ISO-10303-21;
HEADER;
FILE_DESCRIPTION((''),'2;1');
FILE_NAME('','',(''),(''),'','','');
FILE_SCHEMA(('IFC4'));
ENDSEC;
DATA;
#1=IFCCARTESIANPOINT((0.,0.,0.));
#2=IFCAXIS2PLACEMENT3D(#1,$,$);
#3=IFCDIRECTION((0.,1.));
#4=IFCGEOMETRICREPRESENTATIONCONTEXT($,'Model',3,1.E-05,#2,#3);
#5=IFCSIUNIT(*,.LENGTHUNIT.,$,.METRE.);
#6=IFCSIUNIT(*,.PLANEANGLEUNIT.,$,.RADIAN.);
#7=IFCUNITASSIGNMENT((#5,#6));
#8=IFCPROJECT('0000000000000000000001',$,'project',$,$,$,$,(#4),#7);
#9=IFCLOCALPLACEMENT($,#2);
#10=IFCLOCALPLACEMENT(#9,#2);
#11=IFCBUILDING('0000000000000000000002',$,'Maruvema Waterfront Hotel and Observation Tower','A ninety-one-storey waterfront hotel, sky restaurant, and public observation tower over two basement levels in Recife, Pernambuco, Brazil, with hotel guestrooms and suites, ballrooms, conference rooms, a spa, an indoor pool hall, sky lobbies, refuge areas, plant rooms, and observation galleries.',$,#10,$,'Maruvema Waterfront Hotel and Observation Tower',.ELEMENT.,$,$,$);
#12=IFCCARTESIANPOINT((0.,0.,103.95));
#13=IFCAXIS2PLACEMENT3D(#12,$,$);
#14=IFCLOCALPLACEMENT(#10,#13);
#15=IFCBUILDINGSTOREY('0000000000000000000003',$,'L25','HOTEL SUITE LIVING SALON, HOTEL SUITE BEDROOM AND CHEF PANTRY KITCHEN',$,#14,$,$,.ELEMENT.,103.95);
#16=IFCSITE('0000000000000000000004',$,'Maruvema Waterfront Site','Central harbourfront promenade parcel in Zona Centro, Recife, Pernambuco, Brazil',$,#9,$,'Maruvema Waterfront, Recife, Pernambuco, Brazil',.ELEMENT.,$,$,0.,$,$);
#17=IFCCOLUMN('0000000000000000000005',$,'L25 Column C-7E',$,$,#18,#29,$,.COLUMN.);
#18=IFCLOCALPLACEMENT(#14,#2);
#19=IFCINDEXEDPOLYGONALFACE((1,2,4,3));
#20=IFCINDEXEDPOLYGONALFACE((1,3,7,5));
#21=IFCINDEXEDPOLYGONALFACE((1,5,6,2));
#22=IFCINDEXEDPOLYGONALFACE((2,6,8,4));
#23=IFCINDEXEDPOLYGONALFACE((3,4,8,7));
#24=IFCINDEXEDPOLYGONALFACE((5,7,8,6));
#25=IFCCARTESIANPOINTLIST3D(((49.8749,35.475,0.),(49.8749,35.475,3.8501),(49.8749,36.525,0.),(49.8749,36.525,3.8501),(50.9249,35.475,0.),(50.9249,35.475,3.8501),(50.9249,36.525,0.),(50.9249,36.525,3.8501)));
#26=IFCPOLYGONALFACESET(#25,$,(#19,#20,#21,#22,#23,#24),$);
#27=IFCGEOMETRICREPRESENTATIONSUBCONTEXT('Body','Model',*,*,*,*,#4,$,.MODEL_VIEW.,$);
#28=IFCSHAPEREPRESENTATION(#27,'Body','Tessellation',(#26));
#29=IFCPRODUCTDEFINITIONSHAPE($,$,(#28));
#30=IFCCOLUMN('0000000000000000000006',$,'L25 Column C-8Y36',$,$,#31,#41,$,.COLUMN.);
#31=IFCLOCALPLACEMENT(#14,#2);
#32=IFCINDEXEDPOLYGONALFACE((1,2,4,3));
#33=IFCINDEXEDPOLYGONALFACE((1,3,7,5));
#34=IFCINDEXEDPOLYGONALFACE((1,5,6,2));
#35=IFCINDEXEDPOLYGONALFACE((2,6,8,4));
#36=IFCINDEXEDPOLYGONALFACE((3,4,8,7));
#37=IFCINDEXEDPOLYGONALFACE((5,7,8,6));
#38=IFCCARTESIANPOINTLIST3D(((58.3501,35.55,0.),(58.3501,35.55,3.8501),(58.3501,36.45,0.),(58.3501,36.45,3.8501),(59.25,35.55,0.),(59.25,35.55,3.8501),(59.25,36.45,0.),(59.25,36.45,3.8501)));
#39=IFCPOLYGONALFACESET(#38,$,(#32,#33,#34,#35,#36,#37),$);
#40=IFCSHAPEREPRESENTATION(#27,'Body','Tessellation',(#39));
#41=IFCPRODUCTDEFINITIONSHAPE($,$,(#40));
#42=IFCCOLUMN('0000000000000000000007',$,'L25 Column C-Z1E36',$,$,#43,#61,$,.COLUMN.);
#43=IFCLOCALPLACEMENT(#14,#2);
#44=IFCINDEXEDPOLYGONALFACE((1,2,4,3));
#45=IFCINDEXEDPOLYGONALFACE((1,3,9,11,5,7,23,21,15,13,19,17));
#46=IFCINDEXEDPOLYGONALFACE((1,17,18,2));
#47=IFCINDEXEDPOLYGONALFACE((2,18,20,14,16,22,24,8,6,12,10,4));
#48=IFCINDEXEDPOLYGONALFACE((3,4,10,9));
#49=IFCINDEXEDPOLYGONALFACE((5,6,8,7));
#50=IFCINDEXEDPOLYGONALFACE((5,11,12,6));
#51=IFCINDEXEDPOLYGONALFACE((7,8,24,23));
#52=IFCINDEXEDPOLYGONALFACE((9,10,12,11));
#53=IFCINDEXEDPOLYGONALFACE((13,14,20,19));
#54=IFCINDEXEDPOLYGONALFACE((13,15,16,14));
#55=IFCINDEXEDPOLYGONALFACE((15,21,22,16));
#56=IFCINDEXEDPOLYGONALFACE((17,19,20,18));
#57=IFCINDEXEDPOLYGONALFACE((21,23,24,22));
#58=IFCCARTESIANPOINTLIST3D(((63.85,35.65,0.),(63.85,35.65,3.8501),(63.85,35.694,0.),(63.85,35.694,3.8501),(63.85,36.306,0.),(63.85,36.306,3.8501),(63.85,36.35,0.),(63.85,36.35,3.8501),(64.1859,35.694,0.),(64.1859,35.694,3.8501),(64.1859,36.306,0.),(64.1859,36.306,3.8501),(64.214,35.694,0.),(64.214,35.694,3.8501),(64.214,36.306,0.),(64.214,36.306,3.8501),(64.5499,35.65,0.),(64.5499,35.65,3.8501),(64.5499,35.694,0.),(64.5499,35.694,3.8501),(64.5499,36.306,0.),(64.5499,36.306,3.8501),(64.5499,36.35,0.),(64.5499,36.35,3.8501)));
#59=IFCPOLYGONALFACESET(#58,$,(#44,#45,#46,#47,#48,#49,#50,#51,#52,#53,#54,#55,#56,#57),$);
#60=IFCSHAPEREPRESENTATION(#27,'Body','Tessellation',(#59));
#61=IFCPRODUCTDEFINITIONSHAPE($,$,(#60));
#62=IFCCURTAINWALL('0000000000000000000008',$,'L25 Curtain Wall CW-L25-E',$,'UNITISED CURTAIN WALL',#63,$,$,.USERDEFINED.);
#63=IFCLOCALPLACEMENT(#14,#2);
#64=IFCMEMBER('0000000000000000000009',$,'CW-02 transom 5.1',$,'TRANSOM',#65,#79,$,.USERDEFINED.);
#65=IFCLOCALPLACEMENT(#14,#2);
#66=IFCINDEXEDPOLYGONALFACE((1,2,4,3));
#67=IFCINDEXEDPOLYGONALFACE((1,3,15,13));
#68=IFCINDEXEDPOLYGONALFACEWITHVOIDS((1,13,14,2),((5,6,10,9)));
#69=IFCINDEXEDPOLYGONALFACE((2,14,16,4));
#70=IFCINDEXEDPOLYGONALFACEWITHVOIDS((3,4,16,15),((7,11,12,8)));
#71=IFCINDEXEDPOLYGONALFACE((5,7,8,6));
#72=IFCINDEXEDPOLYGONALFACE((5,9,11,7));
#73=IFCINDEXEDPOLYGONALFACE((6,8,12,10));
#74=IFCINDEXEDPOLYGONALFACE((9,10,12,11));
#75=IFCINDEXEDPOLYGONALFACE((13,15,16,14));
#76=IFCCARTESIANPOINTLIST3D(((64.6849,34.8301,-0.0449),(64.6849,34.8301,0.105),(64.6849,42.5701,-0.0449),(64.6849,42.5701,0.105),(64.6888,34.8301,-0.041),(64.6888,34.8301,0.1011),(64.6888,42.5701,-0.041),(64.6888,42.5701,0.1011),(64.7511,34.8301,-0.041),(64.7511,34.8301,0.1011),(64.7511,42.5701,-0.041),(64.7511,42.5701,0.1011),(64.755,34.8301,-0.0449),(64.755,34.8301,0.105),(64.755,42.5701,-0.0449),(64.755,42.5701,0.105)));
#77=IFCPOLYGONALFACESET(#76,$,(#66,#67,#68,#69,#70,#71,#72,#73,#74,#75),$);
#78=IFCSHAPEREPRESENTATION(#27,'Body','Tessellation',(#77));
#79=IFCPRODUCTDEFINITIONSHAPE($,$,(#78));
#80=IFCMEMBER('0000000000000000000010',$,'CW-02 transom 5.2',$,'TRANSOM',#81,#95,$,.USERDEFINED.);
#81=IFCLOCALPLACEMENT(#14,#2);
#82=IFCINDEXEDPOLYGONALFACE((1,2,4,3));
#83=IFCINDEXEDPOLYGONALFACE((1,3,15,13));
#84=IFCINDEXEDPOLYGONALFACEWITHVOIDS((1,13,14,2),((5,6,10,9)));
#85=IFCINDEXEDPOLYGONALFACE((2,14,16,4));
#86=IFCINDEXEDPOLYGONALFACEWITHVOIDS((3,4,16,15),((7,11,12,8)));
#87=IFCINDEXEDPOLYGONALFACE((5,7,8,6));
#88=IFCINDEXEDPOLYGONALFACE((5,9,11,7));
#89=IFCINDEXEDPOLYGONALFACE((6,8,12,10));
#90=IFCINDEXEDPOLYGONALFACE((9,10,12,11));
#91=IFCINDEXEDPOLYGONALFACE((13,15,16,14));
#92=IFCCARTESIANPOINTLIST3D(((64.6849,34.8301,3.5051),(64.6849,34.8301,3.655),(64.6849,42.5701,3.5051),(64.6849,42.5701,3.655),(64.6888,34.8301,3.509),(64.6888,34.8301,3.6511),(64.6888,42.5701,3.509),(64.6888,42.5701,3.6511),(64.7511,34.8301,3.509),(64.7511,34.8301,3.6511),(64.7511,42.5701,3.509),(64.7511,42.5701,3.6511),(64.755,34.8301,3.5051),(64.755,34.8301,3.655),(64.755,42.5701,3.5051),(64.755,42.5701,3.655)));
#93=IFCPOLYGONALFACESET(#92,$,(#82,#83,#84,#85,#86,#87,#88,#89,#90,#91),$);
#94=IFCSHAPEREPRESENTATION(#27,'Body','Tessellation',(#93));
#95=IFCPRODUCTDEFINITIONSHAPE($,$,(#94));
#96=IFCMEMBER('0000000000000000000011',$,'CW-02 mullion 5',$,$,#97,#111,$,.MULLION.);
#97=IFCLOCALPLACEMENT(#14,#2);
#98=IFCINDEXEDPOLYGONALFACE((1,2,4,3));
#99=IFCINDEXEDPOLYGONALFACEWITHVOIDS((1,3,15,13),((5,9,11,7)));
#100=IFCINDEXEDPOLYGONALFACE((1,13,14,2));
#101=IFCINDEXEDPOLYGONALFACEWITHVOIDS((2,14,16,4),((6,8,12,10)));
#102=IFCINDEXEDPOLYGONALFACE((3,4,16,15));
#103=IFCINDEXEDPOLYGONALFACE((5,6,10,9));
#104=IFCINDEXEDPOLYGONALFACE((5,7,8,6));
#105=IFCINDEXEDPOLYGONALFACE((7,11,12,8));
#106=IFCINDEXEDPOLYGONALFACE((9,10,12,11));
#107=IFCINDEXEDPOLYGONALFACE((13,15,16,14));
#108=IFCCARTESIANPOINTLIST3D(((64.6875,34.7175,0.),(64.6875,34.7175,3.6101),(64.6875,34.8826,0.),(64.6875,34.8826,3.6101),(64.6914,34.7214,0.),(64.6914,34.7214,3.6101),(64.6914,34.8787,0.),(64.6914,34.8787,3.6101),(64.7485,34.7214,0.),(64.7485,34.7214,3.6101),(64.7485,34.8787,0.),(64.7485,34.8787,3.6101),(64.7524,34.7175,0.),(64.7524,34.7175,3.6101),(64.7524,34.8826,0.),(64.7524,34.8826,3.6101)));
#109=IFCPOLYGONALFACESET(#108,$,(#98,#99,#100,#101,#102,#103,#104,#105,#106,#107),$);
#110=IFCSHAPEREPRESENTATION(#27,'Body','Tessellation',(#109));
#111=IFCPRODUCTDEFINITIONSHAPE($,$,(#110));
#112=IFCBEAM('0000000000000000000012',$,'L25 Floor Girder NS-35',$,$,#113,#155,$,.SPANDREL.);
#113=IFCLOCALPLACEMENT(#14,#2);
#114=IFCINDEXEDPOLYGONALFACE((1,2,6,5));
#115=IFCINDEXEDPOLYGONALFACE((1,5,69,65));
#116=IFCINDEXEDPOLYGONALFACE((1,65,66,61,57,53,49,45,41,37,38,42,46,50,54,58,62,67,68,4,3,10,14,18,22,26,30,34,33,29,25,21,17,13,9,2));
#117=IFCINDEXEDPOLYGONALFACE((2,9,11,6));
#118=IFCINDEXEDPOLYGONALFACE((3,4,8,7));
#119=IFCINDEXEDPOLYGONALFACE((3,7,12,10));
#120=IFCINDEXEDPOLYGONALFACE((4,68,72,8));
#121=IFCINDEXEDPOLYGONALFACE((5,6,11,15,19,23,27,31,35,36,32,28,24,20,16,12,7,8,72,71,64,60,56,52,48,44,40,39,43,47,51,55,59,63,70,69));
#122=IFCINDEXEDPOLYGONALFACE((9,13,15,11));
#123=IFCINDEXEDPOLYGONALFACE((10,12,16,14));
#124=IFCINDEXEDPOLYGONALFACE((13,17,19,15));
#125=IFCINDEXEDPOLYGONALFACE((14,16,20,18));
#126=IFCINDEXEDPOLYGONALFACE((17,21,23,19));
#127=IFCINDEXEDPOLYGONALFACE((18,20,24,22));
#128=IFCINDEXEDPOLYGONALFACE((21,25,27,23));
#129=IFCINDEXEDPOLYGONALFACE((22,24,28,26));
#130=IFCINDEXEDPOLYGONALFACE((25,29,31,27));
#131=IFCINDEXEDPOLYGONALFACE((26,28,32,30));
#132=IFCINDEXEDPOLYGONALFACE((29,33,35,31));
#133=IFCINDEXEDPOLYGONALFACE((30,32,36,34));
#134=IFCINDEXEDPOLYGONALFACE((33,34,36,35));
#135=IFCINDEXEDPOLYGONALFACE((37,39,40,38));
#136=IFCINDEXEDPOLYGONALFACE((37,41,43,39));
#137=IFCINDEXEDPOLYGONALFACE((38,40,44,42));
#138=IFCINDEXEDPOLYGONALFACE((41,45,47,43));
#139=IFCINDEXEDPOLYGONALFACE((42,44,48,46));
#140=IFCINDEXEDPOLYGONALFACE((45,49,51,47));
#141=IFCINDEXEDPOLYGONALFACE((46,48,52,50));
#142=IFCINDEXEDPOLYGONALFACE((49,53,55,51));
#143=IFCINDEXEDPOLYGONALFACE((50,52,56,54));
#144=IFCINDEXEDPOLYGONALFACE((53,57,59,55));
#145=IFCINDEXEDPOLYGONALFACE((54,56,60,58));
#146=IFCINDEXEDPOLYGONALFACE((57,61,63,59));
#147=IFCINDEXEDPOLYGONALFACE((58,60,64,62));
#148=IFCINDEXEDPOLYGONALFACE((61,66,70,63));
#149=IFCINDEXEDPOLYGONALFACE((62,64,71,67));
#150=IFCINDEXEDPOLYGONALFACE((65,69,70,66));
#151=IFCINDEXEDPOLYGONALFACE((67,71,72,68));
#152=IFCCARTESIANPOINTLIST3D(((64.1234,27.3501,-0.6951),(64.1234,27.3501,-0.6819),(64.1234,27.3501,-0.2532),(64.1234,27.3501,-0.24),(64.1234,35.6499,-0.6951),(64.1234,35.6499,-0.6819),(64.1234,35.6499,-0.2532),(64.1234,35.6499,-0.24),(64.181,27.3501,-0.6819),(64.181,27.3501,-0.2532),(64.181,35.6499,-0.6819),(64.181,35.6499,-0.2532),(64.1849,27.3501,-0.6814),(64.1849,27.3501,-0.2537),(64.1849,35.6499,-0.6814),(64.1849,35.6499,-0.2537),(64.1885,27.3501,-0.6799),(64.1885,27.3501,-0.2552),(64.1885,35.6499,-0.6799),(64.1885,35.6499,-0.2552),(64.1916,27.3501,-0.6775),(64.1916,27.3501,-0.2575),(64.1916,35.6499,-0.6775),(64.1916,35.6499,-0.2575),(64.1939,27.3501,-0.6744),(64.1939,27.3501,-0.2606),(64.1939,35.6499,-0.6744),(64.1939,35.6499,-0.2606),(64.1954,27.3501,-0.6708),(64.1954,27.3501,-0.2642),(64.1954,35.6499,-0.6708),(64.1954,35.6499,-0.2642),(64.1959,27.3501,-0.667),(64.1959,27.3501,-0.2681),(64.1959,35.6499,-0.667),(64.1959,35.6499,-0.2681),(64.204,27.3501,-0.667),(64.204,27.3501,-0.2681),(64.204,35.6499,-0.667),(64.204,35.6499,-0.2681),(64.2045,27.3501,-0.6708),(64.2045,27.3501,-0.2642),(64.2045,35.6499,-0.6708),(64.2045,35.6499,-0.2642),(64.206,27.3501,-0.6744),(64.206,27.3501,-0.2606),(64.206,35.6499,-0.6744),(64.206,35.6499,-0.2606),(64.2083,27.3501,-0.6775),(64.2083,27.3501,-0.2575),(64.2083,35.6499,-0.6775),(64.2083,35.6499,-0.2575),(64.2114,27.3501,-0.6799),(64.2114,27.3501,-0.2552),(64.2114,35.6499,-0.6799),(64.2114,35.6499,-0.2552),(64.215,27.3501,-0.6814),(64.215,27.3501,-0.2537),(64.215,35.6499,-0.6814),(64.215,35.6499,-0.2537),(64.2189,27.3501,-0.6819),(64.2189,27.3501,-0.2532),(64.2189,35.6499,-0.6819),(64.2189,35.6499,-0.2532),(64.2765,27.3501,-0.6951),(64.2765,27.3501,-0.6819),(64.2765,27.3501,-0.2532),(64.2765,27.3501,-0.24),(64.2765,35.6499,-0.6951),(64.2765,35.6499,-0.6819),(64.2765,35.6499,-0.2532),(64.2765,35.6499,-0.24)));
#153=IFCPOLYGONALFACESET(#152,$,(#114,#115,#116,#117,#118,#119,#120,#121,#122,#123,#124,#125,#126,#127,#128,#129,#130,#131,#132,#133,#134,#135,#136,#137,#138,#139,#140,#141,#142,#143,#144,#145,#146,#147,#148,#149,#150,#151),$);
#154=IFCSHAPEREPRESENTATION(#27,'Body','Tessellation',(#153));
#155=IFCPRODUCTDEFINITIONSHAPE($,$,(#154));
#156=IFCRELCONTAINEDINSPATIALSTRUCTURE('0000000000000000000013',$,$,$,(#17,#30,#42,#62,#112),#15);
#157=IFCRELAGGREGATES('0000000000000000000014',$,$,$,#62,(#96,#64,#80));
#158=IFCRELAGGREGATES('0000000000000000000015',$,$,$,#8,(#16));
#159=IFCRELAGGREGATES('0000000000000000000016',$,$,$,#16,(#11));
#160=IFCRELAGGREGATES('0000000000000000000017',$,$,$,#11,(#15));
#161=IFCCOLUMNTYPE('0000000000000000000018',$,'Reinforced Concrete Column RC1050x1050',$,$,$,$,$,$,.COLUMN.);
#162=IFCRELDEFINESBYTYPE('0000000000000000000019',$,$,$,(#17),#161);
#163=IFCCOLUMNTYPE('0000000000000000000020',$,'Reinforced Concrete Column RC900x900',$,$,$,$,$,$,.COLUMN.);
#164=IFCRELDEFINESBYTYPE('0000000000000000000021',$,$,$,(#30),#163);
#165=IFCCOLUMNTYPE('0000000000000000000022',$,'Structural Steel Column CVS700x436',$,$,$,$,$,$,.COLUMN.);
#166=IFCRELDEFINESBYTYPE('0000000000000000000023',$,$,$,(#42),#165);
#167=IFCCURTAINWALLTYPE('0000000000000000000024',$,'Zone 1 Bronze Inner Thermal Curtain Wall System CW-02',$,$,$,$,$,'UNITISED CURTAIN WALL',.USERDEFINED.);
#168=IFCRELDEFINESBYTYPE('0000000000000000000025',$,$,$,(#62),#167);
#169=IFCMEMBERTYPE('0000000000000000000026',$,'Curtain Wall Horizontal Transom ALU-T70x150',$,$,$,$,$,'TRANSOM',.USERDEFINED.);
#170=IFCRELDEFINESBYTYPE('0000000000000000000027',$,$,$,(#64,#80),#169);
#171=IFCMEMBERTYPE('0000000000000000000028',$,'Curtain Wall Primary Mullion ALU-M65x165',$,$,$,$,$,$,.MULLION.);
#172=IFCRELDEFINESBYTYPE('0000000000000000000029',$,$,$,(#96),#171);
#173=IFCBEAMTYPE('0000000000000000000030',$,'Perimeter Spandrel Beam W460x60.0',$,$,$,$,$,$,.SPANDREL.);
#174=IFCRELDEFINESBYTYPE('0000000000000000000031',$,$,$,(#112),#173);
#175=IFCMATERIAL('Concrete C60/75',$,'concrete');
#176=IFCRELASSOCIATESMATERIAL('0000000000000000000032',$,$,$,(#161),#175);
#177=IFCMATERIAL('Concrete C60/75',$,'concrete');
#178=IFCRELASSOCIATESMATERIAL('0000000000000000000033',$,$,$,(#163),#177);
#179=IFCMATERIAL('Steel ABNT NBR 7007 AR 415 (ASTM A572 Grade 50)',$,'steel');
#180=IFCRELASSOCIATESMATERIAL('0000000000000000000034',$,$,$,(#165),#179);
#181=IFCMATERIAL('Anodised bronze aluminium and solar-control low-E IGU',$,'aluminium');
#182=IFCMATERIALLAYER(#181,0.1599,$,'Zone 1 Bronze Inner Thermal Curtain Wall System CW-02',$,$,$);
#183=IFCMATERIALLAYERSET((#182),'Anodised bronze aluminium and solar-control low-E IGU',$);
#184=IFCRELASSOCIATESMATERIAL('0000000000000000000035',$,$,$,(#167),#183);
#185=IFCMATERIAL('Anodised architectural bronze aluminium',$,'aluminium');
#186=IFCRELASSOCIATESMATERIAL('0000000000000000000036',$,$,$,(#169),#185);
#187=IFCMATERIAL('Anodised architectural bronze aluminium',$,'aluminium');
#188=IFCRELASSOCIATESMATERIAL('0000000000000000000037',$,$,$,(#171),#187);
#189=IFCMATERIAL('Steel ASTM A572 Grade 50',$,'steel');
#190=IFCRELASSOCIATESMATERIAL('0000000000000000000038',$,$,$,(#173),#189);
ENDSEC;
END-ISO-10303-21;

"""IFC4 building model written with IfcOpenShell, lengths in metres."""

from ifc_helpers import new_model, si_unit, direction, frame, origin, origin_2d, place, context, subcontext, project, spatial, rectangle, hollow_rectangle, i_section, extrude, material, layer, layer_set, material_profile, profile_set, type_object, element, aggregate, save


model = new_model("IFC4")

# Units and contexts
model_context = context("Model", 3, precision=1e-05, world=origin(), true_north=direction((0.0, 1.0)))
body_context = subcontext(model_context, "Body", "Model", "MODEL_VIEW")
ifc_project = project(units=[si_unit("LENGTHUNIT", "METRE"), si_unit("PLANEANGLEUNIT", "RADIAN")], contexts=[model_context])

# Site, building, storey
site_placement = place(None, origin())
site = spatial("IfcSite", under=ifc_project, at=site_placement, Name="Maruvema Waterfront Site", Description="Central harbourfront promenade parcel in Zona Centro, Recife, Pernambuco, Brazil", LongName="Maruvema Waterfront, Recife, Pernambuco, Brazil", CompositionType="ELEMENT", RefElevation=0.0)
building_placement = place(site_placement, origin())
building = spatial("IfcBuilding", under=site, at=building_placement, Name="Maruvema Waterfront Hotel and Observation Tower", Description="A ninety-one-storey waterfront hotel, sky restaurant, and public observation tower over two basement levels in Recife, Pernambuco, Brazil, with hotel guestrooms and suites, ballrooms, conference rooms, a spa, an indoor pool hall, sky lobbies, refuge areas, plant rooms, and observation galleries.", LongName="Maruvema Waterfront Hotel and Observation Tower", CompositionType="ELEMENT")
storey_placement = place(building_placement, frame((0.0, 0.0, 103.95)))
storey = spatial("IfcBuildingStorey", under=building, at=storey_placement, Name="L25", Description="HOTEL SUITE LIVING SALON, HOTEL SUITE BEDROOM AND CHEF PANTRY KITCHEN", CompositionType="ELEMENT", Elevation=103.95)

# Columns
ifc_material_1 = material(Name="Concrete C60/75", Category="concrete")
ifc_material_profile_1 = material_profile(ifc_material_1, rectangle(XDim=1.05, YDim=1.05, at=origin_2d()), Name="RC1050x1050")
ifc_profile_set_1 = profile_set([ifc_material_profile_1], Name="Concrete C60/75")
column_type_1 = type_object("IfcColumnType", Name="Reinforced Concrete Column RC1050x1050", PredefinedType="COLUMN", material=ifc_profile_set_1)
column_1_placement = place(storey_placement, frame((50.3999, 36.0, 0.0), z_axis=(0.0, 0.0, 1.0), x_axis=(1.0, 0.0, 0.0)))
element("IfcColumn", 1, at=column_1_placement, inside=storey, type_object=column_type_1, Name="L25 Column C-7E", PredefinedType="COLUMN", context=body_context, shape_type="SweptSolid", body=[
    extrude(rectangle(XDim=1.05, YDim=1.05, at=origin_2d()), origin(), (0.0, 0.0, 1.0), 3.8501),
])
ifc_material_2 = material(Name="Concrete C60/75", Category="concrete")
ifc_material_profile_2 = material_profile(ifc_material_2, rectangle(XDim=0.8999, YDim=0.8999, at=origin_2d()), Name="RC900x900")
ifc_profile_set_2 = profile_set([ifc_material_profile_2], Name="Concrete C60/75")
column_type_2 = type_object("IfcColumnType", Name="Reinforced Concrete Column RC900x900", PredefinedType="COLUMN", material=ifc_profile_set_2)
column_2_placement = place(storey_placement, frame((58.8, 36.0, 0.0), z_axis=(0.0, 0.0, 1.0), x_axis=(1.0, 0.0, 0.0)))
element("IfcColumn", 2, at=column_2_placement, inside=storey, type_object=column_type_2, Name="L25 Column C-8Y36", PredefinedType="COLUMN", context=body_context, shape_type="SweptSolid", body=[
    extrude(rectangle(XDim=0.8999, YDim=0.8999, at=origin_2d()), origin(), (0.0, 0.0, 1.0), 3.8501),
])
ifc_material_3 = material(Name="Steel ABNT NBR 7007 AR 415 (ASTM A572 Grade 50)", Category="steel")
ifc_material_profile_3 = material_profile(ifc_material_3, i_section(OverallWidth=0.7, OverallDepth=0.7, WebThickness=0.0281, FlangeThickness=0.0439, at=origin_2d()), Name="CVS700x436")
ifc_profile_set_3 = profile_set([ifc_material_profile_3], Name="Steel ABNT NBR 7007 AR 415 (ASTM A572 Grade 50)")
column_type_3 = type_object("IfcColumnType", Name="Structural Steel Column CVS700x436", PredefinedType="COLUMN", material=ifc_profile_set_3)
column_3_placement = place(storey_placement, frame((64.2, 36.0, 0.0), z_axis=(0.0, 0.0, 1.0), x_axis=(1.0, 0.0, 0.0)))
element("IfcColumn", 3, at=column_3_placement, inside=storey, type_object=column_type_3, Name="L25 Column C-Z1E36", PredefinedType="COLUMN", context=body_context, shape_type="SweptSolid", body=[
    extrude(i_section(OverallWidth=0.7, OverallDepth=0.7, WebThickness=0.0281, FlangeThickness=0.0439, at=origin_2d()), origin(), (0.0, 0.0, 1.0), 3.8501),
])

# Curtain wall, members
ifc_material_4 = material(Name="Anodised bronze aluminium and solar-control low-E IGU", Category="aluminium")
ifc_layer_1 = layer(ifc_material_4, 0.1599, Name="Zone 1 Bronze Inner Thermal Curtain Wall System CW-02")
ifc_layer_set_1 = layer_set([ifc_layer_1], Name="Anodised bronze aluminium and solar-control low-E IGU")
curtain_wall_type = type_object("IfcCurtainWallType", Name="Zone 1 Bronze Inner Thermal Curtain Wall System CW-02", ElementType="UNITISED CURTAIN WALL", PredefinedType="USERDEFINED", material=ifc_layer_set_1)
curtain_wall_placement = place(storey_placement, origin())
curtain_wall = element("IfcCurtainWall", 4, at=curtain_wall_placement, inside=storey, type_object=curtain_wall_type, Name="L25 Curtain Wall CW-L25-E", ObjectType="UNITISED CURTAIN WALL", PredefinedType="USERDEFINED")
ifc_material_5 = material(Name="Anodised architectural bronze aluminium", Category="aluminium")
ifc_material_profile_4 = material_profile(ifc_material_5, hollow_rectangle(XDim=0.0701, YDim=0.1499, WallThickness=0.0039, at=origin_2d()), Name="ALU-T70x150")
ifc_profile_set_4 = profile_set([ifc_material_profile_4], Name="Anodised architectural bronze aluminium")
member_type_1 = type_object("IfcMemberType", Name="Curtain Wall Horizontal Transom ALU-T70x150", ElementType="TRANSOM", PredefinedType="USERDEFINED", material=ifc_profile_set_4)
member_1_placement = place(storey_placement, frame((64.72, 34.8301, 0.03), z_axis=(0.0, 1.0, 0.0), x_axis=(-1.0, 0.0, 0.0)))
member_1 = element("IfcMember", 5, at=member_1_placement, type_object=member_type_1, Name="CW-02 transom 5.1", ObjectType="TRANSOM", PredefinedType="USERDEFINED", context=body_context, shape_type="SweptSolid", body=[
    extrude(hollow_rectangle(XDim=0.0701, YDim=0.1499, WallThickness=0.0039, at=origin_2d()), origin(), (0.0, 0.0, 1.0), 7.74),
])
member_2_placement = place(storey_placement, frame((64.72, 34.8301, 3.5801), z_axis=(0.0, 1.0, 0.0), x_axis=(-1.0, 0.0, 0.0)))
member_2 = element("IfcMember", 6, at=member_2_placement, type_object=member_type_1, Name="CW-02 transom 5.2", ObjectType="TRANSOM", PredefinedType="USERDEFINED", context=body_context, shape_type="SweptSolid", body=[
    extrude(hollow_rectangle(XDim=0.0701, YDim=0.1499, WallThickness=0.0039, at=origin_2d()), origin(), (0.0, 0.0, 1.0), 7.74),
])
ifc_material_6 = material(Name="Anodised architectural bronze aluminium", Category="aluminium")
ifc_material_profile_5 = material_profile(ifc_material_6, hollow_rectangle(XDim=0.0649, YDim=0.165, WallThickness=0.0039, at=origin_2d()), Name="ALU-M65x165")
ifc_profile_set_5 = profile_set([ifc_material_profile_5], Name="Anodised architectural bronze aluminium")
member_type_2 = type_object("IfcMemberType", Name="Curtain Wall Primary Mullion ALU-M65x165", PredefinedType="MULLION", material=ifc_profile_set_5)
member_3_placement = place(storey_placement, frame((64.72, 34.8, 0.0), z_axis=(0.0, 0.0, 1.0), x_axis=(-1.0, 0.0, 0.0)))
member_3 = element("IfcMember", 7, at=member_3_placement, type_object=member_type_2, Name="CW-02 mullion 5", PredefinedType="MULLION", context=body_context, shape_type="SweptSolid", body=[
    extrude(hollow_rectangle(XDim=0.0649, YDim=0.165, WallThickness=0.0039, at=origin_2d()), origin(), (0.0, 0.0, 1.0), 3.6101),
])

# Beam
ifc_material_7 = material(Name="Steel ASTM A572 Grade 50", Category="steel")
ifc_material_profile_6 = material_profile(ifc_material_7, i_section(OverallWidth=0.1531, OverallDepth=0.4551, WebThickness=0.0081, FlangeThickness=0.0132, FilletRadius=0.0149, at=origin_2d()), Name="W460x60.0")
ifc_profile_set_6 = profile_set([ifc_material_profile_6], Name="Steel ASTM A572 Grade 50")
beam_type_1 = type_object("IfcBeamType", Name="Perimeter Spandrel Beam W460x60.0", PredefinedType="SPANDREL", material=ifc_profile_set_6)
for number, where, z_axis, x_axis, name in (
    (8, (64.2, 27.3501, -0.4675), (0.0, 1.0, 0.0), (-1.0, 0.0, 0.0), "L25 Floor Girder NS-35"),
):
    element("IfcBeam", number, at=place(storey_placement, frame(where, z_axis=z_axis, x_axis=x_axis)), inside=storey, type_object=beam_type_1, Name=name, PredefinedType="SPANDREL", context=body_context, shape_type="SweptSolid", body=[
        extrude(i_section(OverallWidth=0.1531, OverallDepth=0.4551, WebThickness=0.0081, FlangeThickness=0.0132, FilletRadius=0.0149, at=origin_2d()), origin(), (0.0, 0.0, 1.0), 8.2998),
    ])

aggregate(curtain_wall, [member_3, member_1, member_2])

save(model, "model.ifc")
